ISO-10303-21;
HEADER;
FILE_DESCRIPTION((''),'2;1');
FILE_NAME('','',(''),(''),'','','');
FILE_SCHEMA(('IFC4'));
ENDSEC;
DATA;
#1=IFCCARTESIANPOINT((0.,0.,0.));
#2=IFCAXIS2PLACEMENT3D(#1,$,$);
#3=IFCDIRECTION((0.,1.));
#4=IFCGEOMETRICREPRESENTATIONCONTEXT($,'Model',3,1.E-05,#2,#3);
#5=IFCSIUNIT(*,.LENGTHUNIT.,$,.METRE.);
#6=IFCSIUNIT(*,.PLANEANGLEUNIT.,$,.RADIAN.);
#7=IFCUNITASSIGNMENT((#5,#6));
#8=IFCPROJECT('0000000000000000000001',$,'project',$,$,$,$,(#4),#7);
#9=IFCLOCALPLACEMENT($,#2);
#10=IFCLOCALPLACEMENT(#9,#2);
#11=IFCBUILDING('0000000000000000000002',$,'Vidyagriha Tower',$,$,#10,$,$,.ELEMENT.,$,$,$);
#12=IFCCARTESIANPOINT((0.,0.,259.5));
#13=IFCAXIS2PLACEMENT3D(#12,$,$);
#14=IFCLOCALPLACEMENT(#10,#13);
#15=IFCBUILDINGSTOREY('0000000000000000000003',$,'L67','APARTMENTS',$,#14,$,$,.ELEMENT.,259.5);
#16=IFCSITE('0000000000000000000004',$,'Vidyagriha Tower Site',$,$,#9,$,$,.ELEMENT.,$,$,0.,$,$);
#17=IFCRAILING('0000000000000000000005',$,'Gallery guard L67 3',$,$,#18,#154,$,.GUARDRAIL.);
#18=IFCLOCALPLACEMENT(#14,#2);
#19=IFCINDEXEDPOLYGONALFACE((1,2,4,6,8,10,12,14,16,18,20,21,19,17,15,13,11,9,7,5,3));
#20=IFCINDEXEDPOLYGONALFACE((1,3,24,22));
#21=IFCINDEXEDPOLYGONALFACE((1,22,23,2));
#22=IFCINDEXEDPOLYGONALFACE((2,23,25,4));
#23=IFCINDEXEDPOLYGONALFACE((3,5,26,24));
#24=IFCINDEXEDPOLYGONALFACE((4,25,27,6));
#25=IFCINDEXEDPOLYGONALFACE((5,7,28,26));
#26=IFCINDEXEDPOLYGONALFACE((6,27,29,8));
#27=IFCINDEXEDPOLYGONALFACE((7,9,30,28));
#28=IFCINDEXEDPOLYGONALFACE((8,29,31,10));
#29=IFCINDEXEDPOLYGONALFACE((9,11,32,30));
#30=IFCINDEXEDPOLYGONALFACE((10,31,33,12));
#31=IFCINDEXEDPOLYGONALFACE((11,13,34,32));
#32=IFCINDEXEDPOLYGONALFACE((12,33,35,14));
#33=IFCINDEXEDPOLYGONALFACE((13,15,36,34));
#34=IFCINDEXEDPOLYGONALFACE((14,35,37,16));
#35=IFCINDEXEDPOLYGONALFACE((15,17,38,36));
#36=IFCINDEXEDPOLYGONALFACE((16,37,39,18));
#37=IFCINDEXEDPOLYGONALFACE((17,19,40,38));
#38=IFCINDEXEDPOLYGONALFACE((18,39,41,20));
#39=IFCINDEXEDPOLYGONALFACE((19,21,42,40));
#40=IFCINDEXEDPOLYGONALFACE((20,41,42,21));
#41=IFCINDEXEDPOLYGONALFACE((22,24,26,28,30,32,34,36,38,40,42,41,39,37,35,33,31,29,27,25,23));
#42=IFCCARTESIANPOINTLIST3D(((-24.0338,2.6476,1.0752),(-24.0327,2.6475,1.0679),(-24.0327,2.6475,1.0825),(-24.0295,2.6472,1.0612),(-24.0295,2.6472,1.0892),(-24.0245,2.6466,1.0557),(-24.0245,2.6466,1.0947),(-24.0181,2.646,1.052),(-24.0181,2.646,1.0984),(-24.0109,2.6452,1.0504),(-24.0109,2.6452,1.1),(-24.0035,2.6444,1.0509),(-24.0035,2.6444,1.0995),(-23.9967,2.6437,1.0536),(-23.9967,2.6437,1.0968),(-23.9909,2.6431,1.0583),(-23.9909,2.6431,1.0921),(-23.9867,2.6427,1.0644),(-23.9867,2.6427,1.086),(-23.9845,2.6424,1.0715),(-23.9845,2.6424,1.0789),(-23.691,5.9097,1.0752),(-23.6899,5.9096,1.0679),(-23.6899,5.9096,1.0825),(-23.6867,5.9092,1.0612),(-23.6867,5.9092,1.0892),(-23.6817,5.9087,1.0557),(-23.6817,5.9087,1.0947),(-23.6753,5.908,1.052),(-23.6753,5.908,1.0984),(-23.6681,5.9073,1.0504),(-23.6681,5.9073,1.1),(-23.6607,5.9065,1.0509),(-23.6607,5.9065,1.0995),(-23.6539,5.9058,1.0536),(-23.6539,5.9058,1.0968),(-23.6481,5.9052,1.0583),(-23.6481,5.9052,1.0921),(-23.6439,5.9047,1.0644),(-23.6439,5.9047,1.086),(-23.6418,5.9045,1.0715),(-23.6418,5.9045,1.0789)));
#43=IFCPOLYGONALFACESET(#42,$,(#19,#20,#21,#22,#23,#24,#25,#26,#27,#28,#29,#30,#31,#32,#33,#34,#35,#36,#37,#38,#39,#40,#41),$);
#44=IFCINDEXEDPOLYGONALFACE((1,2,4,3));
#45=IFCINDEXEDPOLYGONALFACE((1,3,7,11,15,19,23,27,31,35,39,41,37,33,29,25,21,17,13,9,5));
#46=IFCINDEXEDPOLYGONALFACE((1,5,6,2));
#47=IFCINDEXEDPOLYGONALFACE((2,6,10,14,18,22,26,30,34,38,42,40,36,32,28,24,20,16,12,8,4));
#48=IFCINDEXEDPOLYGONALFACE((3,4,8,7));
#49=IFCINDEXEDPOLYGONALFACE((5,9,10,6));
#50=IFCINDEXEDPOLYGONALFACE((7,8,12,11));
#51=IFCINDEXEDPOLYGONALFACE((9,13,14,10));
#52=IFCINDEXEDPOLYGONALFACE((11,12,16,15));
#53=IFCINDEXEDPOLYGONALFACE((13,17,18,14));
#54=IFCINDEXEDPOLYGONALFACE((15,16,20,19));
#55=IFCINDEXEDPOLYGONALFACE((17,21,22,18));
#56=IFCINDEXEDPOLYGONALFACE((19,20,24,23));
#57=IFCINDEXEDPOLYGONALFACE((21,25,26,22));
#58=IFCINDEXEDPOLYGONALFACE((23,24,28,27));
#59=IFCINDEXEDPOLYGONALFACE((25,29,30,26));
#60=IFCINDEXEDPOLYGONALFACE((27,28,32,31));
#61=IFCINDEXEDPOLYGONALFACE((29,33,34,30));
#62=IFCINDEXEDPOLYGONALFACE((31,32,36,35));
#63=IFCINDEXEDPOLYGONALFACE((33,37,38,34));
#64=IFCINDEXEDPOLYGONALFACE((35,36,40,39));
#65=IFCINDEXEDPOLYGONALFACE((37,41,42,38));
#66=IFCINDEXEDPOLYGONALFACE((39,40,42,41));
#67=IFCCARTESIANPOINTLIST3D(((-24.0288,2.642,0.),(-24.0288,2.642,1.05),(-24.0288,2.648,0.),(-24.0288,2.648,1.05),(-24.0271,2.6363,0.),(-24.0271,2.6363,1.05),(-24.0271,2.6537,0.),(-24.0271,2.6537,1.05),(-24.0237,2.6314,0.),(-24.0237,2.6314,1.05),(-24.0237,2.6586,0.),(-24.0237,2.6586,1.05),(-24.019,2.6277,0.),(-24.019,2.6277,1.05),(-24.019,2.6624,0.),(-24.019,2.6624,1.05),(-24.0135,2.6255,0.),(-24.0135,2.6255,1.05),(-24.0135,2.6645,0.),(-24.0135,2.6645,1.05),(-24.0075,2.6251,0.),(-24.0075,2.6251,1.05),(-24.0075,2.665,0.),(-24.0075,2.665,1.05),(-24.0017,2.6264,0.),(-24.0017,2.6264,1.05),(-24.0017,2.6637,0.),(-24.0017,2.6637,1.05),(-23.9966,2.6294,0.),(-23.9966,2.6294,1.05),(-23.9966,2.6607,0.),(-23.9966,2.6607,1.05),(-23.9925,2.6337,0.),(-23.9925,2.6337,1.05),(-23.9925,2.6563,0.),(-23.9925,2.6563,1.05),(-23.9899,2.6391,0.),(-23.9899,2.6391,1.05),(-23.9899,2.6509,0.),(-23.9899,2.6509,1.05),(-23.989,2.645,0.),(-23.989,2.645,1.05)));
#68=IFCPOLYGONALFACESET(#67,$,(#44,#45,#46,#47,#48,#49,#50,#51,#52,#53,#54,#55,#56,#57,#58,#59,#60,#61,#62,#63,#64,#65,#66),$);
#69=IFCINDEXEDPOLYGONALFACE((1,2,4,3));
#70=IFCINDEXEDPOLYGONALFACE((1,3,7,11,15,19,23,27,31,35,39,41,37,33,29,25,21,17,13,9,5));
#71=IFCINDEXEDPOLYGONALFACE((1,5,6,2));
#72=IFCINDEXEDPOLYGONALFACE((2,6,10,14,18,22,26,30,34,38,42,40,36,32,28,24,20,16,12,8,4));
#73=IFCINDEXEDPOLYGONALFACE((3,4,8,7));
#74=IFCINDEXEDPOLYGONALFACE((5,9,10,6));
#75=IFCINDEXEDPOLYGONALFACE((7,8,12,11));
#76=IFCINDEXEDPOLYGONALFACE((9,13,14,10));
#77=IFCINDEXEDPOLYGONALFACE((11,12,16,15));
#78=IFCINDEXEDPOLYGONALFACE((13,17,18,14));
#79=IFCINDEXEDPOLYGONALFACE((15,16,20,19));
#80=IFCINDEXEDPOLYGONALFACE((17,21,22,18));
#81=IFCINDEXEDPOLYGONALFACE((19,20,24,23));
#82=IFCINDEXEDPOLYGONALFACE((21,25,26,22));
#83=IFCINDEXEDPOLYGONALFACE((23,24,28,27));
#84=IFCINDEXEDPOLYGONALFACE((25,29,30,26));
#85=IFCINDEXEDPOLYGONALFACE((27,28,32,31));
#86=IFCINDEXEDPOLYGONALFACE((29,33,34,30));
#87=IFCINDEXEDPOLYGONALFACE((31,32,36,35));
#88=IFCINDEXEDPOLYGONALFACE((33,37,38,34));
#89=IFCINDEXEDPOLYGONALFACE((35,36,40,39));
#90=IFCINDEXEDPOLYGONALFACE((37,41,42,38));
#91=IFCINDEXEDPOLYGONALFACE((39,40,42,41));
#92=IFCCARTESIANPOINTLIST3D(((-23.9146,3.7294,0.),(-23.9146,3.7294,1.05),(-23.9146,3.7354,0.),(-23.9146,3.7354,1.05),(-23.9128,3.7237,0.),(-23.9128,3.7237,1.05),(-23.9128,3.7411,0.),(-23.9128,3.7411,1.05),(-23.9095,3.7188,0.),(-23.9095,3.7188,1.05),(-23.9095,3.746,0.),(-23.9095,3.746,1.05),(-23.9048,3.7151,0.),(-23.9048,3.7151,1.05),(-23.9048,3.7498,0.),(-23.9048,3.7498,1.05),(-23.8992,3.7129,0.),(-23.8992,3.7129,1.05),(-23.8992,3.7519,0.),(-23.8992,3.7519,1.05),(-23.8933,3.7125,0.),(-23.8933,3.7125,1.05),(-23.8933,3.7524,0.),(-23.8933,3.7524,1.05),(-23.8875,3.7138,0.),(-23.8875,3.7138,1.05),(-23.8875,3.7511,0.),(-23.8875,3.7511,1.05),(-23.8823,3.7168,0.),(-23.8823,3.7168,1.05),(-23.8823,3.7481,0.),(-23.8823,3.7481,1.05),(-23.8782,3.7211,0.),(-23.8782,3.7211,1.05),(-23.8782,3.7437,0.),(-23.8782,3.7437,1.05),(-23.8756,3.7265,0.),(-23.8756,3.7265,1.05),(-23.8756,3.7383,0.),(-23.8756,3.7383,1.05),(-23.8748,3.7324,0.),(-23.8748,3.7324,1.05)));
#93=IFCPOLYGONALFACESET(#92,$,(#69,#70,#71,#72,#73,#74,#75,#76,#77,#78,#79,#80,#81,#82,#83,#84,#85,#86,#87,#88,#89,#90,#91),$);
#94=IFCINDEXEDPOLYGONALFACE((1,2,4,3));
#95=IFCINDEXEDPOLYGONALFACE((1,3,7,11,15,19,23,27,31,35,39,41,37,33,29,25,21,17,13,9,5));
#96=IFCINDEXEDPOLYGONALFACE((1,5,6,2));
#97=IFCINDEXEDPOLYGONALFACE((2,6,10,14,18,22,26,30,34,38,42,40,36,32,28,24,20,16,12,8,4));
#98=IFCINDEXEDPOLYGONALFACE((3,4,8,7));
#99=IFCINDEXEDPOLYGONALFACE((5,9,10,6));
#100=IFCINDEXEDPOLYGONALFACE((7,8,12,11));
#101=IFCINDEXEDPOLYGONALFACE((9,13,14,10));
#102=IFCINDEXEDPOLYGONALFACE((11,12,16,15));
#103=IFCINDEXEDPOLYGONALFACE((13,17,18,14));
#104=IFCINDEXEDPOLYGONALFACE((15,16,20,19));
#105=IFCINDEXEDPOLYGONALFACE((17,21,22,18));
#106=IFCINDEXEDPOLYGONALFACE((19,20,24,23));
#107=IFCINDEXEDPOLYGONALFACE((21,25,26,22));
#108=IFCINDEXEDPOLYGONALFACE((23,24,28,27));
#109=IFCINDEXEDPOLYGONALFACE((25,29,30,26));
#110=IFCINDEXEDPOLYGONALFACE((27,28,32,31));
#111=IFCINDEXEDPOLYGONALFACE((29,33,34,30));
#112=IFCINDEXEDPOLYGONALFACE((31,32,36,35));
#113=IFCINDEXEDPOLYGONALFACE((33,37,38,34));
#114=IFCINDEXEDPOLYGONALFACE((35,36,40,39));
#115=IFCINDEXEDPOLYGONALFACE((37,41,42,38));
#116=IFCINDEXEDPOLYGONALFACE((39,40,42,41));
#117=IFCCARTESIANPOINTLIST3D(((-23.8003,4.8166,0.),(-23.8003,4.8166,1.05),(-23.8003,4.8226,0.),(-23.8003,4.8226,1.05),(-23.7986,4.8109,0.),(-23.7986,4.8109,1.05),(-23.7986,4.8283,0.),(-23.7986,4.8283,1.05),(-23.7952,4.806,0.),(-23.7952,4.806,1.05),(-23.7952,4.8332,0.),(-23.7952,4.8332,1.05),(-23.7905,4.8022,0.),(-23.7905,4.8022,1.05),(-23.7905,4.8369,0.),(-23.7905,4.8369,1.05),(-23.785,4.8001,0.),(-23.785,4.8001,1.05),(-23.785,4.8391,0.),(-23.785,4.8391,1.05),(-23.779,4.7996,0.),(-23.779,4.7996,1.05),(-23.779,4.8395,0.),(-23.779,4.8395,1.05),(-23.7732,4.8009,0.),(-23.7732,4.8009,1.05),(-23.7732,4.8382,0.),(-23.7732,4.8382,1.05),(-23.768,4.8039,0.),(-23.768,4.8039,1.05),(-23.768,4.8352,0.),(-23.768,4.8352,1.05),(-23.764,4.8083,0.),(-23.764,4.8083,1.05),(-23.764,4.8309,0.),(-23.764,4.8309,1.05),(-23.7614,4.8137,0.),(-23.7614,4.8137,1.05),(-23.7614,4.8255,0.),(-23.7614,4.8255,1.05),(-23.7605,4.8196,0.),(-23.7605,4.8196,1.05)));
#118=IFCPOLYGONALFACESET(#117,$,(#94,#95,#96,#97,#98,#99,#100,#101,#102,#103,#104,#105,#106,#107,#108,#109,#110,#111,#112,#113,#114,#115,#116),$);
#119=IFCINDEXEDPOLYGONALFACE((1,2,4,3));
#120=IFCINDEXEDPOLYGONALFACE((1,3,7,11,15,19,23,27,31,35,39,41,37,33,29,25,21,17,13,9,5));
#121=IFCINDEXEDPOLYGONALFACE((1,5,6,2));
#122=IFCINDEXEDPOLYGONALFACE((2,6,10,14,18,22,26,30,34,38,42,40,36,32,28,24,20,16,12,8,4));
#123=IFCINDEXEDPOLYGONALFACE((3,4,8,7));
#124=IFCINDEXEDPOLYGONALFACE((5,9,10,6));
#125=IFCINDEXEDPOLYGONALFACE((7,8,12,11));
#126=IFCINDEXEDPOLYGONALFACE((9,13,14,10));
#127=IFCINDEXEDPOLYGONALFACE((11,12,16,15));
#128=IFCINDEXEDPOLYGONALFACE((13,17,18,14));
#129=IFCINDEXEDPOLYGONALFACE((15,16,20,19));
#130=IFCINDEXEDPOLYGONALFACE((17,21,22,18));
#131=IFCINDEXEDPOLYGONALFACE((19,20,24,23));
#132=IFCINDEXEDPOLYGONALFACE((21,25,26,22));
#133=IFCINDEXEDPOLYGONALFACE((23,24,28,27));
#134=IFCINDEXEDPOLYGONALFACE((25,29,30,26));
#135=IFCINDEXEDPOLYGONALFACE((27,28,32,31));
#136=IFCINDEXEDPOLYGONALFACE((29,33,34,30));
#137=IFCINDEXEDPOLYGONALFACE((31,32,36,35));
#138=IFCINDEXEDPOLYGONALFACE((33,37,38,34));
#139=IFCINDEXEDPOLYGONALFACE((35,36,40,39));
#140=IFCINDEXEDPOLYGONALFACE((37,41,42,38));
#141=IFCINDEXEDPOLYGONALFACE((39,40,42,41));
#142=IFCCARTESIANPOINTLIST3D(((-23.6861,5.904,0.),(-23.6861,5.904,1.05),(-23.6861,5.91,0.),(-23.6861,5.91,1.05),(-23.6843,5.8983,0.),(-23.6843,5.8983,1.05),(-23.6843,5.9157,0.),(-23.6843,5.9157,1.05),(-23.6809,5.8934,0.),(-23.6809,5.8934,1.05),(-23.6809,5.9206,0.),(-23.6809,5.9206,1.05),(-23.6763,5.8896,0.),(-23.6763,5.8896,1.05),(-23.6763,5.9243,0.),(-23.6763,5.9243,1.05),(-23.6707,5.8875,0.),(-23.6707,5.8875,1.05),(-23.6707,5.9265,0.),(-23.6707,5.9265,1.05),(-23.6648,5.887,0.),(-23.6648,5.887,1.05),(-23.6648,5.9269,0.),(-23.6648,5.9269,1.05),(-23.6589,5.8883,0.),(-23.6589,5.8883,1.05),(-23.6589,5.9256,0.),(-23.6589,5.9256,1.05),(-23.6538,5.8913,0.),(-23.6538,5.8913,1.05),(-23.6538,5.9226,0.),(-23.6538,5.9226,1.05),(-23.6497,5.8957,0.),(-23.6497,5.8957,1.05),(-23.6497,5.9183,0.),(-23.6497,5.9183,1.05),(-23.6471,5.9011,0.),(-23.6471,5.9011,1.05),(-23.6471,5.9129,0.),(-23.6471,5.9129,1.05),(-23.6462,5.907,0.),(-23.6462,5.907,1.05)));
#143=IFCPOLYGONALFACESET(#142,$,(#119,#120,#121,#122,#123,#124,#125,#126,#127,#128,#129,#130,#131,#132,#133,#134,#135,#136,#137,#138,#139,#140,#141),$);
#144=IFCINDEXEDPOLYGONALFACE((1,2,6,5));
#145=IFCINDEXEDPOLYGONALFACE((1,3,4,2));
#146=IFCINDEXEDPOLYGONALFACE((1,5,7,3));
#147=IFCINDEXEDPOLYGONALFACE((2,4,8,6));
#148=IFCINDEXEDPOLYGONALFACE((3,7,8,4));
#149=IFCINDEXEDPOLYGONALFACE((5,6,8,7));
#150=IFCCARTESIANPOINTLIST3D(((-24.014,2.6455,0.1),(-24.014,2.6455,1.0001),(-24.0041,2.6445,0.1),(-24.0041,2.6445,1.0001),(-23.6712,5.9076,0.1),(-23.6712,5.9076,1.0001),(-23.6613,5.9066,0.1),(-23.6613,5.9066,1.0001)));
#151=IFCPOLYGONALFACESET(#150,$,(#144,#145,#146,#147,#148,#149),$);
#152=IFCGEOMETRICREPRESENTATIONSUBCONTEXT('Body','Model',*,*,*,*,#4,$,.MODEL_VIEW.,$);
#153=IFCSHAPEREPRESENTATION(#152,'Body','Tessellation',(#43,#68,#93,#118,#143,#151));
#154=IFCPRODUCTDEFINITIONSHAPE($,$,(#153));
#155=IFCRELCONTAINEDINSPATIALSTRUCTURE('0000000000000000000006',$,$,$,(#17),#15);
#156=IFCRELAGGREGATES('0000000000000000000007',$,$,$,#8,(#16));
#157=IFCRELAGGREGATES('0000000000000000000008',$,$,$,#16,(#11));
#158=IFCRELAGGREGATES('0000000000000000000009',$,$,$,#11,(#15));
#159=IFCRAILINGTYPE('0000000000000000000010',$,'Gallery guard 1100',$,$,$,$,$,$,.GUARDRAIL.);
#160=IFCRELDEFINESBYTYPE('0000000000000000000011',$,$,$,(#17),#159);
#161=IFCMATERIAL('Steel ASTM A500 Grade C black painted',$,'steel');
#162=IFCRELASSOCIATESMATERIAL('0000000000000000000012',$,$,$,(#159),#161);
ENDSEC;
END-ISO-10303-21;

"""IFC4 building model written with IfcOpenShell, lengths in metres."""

from ifc_helpers import new_model, si_unit, direction, frame, origin, origin_2d, place, context, subcontext, project, spatial, rectangle, circle, extrude, material, type_object, element, save


model = new_model("IFC4")

# Units and contexts
model_context = context("Model", 3, precision=1e-05, world=origin(), true_north=direction((0.0, 1.0)))
body_context = subcontext(model_context, "Body", "Model", "MODEL_VIEW")
ifc_project = project(units=[si_unit("LENGTHUNIT", "METRE"), si_unit("PLANEANGLEUNIT", "RADIAN")], contexts=[model_context])

# Site, building, storey
site_placement = place(None, origin())
site = spatial("IfcSite", under=ifc_project, at=site_placement, Name="Vidyagriha Tower Site", CompositionType="ELEMENT", RefElevation=0.0)
building_placement = place(site_placement, origin())
building = spatial("IfcBuilding", under=site, at=building_placement, Name="Vidyagriha Tower", CompositionType="ELEMENT")
storey_placement = place(building_placement, frame((0.0, 0.0, 259.5)))
storey = spatial("IfcBuildingStorey", under=building, at=storey_placement, Name="L67", Description="APARTMENTS", CompositionType="ELEMENT", Elevation=259.5)

# Railing
ifc_material_1 = material(Name="Steel ASTM A500 Grade C black painted", Category="steel")
railing_type_1 = type_object("IfcRailingType", Name="Gallery guard 1100", PredefinedType="GUARDRAIL", material=ifc_material_1)
railing_1_placement = place(storey_placement, frame((-24.009, 2.645, 0.0)))
element("IfcRailing", 1, at=railing_1_placement, inside=storey, type_object=railing_type_1, Name="Gallery guard L67 3", PredefinedType="GUARDRAIL", context=body_context, shape_type="SweptSolid", body=[
    extrude(circle(Radius=0.0249, at=origin_2d()), frame((0.0, 0.0, 1.0752), z_axis=(0.104507, 0.994524, 0.0), x_axis=(-0.994524, 0.104507, 0.0)), (0.0, 0.0, 1.0), 3.28),
    extrude(circle(Radius=0.02, at=origin_2d()), origin(), (0.0, 0.0, 1.0), 1.05),
    extrude(circle(Radius=0.02, at=origin_2d()), frame((0.1143, 1.0874, 0.0)), (0.0, 0.0, 1.0), 1.05),
    extrude(circle(Radius=0.02, at=origin_2d()), frame((0.2285, 2.1746, 0.0)), (0.0, 0.0, 1.0), 1.05),
    extrude(circle(Radius=0.02, at=origin_2d()), frame((0.3428, 3.262, 0.0)), (0.0, 0.0, 1.0), 1.05),
    extrude(rectangle(XDim=0.01, YDim=0.9001, at=origin_2d()), frame((0.0, 0.0, 0.55), z_axis=(0.104507, 0.994524, 0.0), x_axis=(-0.994524, 0.104507, 0.0)), (0.0, 0.0, 1.0), 3.28),
])

save(model, "model.ifc")
